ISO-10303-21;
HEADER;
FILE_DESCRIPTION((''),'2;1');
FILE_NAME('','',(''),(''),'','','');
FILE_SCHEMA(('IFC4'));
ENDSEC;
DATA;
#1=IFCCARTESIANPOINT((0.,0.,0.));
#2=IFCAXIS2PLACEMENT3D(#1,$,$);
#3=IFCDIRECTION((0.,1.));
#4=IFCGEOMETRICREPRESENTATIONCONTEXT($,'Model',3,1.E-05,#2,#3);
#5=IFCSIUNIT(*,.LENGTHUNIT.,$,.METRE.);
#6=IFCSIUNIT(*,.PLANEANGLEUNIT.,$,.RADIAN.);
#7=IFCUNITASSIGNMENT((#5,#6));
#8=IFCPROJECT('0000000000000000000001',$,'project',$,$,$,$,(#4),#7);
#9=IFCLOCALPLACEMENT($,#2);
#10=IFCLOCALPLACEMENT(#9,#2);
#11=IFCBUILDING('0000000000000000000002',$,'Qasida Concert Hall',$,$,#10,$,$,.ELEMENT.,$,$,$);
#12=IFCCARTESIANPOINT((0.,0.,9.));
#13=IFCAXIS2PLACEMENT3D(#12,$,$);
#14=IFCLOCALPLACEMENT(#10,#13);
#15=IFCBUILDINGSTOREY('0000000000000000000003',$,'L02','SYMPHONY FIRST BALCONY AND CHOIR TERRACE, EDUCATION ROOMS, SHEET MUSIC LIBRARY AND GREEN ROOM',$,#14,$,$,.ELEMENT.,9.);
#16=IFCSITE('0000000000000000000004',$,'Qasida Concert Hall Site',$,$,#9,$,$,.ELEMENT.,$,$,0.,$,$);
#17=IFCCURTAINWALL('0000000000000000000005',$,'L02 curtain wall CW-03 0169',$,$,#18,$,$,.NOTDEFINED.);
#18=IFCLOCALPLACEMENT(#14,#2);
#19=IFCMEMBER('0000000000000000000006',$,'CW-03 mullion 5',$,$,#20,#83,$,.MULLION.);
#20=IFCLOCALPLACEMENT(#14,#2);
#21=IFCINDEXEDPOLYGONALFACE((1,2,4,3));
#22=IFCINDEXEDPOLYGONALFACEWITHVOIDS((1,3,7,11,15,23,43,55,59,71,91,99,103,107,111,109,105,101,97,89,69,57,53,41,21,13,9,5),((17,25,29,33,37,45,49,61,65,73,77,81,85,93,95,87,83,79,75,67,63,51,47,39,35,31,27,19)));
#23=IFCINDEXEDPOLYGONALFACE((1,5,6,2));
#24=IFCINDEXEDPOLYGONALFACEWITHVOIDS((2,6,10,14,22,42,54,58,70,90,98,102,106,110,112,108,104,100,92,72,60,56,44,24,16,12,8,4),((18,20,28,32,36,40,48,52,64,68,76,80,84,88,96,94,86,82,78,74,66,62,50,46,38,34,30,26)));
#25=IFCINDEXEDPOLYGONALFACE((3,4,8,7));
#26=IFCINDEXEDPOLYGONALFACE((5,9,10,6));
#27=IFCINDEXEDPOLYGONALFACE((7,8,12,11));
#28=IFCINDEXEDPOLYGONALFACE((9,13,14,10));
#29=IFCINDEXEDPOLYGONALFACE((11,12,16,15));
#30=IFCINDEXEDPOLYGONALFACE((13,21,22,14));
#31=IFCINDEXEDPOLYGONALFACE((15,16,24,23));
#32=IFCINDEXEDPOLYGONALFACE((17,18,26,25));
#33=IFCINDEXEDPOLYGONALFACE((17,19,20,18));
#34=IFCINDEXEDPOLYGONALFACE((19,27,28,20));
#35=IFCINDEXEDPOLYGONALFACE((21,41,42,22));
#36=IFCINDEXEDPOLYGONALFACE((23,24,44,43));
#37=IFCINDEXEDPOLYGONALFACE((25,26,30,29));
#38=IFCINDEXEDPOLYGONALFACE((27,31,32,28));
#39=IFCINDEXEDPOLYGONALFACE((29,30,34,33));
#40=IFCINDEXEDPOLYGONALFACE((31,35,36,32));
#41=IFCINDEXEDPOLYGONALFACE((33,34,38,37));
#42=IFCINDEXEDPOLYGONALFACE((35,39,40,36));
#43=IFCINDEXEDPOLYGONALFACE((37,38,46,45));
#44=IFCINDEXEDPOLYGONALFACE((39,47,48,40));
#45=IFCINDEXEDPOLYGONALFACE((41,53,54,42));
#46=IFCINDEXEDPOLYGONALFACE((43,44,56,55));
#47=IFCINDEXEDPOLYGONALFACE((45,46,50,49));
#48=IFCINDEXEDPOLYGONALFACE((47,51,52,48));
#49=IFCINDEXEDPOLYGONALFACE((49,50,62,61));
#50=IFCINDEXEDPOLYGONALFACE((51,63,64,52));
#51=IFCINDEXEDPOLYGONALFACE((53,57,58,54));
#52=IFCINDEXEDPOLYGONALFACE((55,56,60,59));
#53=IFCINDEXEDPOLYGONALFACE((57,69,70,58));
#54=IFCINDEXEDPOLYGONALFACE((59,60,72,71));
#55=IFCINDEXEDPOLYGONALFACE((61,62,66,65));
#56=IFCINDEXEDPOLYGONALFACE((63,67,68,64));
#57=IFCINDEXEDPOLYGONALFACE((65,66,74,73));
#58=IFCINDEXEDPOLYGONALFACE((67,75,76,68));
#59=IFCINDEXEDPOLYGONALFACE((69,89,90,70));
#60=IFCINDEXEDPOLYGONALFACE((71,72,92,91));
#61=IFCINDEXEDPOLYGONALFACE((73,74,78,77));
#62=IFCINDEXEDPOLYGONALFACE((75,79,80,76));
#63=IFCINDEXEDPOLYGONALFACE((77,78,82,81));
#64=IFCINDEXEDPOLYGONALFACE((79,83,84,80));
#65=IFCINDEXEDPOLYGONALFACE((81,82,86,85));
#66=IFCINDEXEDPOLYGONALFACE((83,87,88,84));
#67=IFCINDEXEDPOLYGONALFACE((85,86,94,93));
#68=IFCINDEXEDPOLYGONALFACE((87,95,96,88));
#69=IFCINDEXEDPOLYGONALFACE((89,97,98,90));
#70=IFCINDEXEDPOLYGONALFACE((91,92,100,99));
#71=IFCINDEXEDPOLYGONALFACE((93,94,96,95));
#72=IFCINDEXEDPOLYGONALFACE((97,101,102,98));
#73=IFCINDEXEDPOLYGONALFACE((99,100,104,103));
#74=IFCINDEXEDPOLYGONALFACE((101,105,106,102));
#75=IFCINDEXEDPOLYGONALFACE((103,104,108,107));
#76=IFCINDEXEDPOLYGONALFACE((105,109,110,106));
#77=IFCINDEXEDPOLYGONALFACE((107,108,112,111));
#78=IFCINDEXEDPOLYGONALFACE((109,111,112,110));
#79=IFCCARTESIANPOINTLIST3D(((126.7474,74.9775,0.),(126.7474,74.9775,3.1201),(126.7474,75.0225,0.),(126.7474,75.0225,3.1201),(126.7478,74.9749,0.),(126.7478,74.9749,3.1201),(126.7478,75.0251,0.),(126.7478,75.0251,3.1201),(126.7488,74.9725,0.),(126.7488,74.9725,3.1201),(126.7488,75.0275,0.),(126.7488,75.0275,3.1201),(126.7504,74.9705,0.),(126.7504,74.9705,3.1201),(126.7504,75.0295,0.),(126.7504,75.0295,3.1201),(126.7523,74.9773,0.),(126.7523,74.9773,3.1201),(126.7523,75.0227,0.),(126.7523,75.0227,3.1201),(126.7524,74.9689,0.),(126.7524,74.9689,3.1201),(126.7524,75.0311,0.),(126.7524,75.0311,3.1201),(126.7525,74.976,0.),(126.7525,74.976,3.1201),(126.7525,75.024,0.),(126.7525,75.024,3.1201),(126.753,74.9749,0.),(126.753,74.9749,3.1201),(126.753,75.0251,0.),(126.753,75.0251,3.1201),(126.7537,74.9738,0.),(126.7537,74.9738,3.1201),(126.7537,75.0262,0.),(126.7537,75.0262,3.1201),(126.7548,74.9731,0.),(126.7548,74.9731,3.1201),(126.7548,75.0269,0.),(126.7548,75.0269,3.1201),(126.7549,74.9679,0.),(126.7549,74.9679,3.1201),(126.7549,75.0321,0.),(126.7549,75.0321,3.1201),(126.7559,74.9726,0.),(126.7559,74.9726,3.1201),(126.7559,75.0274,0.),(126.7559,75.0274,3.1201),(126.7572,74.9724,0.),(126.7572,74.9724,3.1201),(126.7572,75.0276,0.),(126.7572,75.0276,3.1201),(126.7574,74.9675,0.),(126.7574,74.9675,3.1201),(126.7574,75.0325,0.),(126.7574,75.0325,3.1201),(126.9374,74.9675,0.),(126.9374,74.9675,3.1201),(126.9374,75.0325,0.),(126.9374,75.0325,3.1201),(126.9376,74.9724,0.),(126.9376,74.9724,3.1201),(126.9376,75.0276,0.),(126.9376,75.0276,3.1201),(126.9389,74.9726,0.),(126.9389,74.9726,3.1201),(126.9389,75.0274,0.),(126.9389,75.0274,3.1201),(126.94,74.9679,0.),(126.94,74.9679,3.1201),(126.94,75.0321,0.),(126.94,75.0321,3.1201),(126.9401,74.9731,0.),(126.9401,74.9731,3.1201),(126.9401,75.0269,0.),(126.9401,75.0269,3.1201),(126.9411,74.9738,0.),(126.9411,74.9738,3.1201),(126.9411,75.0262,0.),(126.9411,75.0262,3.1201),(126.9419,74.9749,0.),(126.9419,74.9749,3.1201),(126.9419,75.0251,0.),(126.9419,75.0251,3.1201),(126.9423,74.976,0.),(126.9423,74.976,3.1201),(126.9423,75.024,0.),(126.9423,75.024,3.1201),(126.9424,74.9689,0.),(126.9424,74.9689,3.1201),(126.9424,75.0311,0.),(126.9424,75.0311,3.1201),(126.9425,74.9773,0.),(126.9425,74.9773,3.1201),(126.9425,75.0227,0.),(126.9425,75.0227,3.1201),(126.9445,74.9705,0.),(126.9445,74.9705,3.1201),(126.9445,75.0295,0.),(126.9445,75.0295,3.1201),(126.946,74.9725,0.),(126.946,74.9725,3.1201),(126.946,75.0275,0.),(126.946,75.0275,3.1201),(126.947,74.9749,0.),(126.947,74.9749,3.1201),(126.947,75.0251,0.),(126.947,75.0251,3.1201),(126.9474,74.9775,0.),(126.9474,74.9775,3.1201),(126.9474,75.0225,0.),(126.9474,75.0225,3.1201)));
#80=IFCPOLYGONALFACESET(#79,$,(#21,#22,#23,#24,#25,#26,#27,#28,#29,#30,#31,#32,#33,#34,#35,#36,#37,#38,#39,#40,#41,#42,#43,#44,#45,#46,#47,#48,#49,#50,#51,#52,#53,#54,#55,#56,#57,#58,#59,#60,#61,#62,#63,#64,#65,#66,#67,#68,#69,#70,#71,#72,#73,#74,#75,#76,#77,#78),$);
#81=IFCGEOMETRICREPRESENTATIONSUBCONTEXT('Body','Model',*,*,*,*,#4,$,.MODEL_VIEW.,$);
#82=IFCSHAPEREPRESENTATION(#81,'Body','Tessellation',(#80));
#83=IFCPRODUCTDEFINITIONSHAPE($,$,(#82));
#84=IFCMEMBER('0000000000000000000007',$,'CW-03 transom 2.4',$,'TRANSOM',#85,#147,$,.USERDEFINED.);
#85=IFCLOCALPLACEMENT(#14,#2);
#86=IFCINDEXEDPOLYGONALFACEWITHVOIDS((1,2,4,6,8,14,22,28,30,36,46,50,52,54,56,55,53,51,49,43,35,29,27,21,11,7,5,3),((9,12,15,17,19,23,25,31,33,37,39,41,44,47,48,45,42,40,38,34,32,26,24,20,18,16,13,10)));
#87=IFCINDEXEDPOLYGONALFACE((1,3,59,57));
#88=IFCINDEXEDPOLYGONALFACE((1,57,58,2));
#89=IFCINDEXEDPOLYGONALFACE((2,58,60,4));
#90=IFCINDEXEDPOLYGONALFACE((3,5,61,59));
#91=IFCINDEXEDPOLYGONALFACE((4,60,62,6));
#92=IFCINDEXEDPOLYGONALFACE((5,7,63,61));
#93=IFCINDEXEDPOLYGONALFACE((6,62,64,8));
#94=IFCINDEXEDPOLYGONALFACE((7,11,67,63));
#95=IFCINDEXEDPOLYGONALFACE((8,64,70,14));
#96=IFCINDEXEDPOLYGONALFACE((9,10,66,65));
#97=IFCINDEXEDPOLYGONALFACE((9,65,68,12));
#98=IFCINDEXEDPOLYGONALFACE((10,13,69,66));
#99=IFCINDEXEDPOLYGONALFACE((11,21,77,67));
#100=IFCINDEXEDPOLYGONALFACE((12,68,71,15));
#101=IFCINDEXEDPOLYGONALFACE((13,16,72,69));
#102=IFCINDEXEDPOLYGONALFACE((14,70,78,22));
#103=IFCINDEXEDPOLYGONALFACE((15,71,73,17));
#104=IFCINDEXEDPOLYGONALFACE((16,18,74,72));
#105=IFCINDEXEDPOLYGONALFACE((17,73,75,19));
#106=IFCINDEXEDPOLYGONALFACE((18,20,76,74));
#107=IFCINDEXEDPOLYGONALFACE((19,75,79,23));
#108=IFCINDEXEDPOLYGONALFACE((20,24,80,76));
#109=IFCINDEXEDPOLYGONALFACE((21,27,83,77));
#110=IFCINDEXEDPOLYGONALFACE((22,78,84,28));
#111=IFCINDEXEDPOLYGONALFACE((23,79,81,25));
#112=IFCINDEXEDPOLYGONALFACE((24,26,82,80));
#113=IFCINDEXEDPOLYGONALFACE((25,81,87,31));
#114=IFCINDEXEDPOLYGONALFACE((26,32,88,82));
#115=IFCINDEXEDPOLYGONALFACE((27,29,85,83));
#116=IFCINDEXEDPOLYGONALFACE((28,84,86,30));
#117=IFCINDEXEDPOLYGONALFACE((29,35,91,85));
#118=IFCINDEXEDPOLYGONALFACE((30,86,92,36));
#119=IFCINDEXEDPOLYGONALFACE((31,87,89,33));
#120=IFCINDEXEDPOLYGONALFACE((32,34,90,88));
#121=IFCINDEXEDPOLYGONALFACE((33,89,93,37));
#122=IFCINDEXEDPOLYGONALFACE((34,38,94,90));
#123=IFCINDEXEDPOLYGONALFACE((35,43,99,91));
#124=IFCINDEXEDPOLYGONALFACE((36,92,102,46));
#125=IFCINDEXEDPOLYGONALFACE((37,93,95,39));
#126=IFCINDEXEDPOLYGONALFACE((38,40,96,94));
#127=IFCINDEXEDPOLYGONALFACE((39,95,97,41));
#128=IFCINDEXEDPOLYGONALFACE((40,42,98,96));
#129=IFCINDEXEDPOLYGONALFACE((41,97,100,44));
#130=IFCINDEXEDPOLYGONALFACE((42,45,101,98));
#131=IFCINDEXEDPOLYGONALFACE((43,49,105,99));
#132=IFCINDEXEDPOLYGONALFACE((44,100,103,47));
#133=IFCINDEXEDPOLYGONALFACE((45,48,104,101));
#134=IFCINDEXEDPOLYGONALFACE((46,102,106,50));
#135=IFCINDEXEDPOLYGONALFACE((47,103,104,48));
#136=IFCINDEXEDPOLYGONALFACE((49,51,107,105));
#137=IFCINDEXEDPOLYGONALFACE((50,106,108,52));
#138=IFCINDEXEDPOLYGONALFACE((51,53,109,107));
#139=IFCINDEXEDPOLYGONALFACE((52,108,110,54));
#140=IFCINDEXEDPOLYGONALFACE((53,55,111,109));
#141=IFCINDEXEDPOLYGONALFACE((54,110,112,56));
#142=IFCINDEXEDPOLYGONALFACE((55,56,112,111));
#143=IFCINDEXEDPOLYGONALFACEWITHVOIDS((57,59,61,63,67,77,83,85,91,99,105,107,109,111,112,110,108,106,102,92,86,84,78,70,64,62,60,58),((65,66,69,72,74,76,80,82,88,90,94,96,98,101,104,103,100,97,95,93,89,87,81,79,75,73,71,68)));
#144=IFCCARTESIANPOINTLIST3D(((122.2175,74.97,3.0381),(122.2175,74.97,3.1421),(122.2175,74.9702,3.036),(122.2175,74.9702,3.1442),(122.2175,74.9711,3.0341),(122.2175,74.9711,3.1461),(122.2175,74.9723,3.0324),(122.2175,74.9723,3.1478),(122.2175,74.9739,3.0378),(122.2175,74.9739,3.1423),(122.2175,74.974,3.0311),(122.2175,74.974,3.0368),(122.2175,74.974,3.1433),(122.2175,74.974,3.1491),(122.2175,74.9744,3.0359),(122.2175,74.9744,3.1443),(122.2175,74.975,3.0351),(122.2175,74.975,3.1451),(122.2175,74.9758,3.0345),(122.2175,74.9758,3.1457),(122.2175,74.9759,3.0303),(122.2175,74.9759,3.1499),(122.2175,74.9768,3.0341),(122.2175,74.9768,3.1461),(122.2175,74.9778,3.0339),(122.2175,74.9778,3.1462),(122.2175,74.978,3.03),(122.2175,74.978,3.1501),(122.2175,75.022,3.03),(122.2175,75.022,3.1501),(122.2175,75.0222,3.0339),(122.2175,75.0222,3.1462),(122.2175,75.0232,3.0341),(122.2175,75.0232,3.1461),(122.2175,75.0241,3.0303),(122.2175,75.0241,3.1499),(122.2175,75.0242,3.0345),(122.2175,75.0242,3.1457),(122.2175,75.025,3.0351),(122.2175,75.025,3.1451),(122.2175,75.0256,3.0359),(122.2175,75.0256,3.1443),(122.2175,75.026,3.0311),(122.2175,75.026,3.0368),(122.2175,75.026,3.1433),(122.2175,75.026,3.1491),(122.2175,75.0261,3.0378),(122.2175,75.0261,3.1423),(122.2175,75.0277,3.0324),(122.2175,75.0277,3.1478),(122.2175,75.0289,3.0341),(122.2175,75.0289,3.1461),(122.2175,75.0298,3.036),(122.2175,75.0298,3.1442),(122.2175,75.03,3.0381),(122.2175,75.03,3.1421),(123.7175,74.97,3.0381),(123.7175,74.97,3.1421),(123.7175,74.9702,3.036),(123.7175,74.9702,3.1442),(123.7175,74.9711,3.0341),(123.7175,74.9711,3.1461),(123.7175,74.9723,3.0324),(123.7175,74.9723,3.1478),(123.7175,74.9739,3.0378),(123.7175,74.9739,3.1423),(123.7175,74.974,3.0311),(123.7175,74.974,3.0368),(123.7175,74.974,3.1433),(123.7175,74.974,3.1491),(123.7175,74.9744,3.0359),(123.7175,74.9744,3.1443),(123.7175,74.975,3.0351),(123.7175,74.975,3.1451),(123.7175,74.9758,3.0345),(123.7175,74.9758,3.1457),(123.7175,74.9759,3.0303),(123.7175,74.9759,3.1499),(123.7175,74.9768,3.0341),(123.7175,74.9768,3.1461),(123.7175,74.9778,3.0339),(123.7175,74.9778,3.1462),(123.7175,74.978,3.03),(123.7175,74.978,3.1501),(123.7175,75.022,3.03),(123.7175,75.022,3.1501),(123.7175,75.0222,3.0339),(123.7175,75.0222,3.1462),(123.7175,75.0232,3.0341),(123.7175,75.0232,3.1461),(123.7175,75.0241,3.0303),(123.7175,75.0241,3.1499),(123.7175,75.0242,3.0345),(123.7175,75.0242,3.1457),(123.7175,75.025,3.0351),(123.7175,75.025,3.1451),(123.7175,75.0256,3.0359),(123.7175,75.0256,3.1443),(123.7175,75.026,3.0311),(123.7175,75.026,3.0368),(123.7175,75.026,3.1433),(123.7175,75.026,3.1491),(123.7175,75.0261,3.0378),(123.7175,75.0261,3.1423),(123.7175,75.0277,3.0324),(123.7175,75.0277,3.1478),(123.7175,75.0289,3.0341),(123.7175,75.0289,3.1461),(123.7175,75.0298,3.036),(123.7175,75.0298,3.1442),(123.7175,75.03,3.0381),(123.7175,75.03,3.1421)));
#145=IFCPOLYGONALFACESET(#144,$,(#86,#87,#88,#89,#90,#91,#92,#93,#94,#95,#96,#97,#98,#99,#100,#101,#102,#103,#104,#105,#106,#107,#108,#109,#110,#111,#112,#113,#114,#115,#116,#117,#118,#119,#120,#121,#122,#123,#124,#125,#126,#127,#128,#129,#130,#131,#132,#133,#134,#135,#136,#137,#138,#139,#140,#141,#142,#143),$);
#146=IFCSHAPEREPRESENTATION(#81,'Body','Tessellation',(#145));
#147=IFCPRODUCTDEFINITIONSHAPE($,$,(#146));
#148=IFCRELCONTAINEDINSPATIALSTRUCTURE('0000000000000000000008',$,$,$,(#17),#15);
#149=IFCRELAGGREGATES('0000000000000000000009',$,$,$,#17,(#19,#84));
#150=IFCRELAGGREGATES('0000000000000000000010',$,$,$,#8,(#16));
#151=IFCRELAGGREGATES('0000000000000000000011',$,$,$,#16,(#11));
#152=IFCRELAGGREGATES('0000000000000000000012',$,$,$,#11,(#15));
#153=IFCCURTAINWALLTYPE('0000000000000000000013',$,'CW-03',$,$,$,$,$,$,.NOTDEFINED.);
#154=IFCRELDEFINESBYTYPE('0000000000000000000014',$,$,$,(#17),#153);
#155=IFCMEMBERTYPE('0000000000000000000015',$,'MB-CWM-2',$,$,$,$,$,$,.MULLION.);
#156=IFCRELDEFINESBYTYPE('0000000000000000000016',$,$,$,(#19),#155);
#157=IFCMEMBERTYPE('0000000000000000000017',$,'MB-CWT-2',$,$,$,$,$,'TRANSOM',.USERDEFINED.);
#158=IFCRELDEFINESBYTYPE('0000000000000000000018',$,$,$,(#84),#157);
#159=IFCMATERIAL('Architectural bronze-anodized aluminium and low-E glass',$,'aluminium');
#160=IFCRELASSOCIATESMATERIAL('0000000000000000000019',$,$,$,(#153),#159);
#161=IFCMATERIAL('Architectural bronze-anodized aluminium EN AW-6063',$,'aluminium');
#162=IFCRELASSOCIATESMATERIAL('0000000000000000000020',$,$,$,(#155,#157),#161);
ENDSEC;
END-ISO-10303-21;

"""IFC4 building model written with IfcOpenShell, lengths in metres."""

from ifc_helpers import new_model, si_unit, direction, frame, origin, origin_2d, place, context, subcontext, project, spatial, hollow_rectangle, extrude, material, material_profile, profile_set, type_object, element, aggregate, save


model = new_model("IFC4")

# Units and contexts
model_context = context("Model", 3, precision=1e-05, world=origin(), true_north=direction((0.0, 1.0)))
body_context = subcontext(model_context, "Body", "Model", "MODEL_VIEW")
ifc_project = project(units=[si_unit("LENGTHUNIT", "METRE"), si_unit("PLANEANGLEUNIT", "RADIAN")], contexts=[model_context])

# Site, building, storey
site_placement = place(None, origin())
site = spatial("IfcSite", under=ifc_project, at=site_placement, Name="Qasida Concert Hall Site", CompositionType="ELEMENT", RefElevation=0.0)
building_placement = place(site_placement, origin())
building = spatial("IfcBuilding", under=site, at=building_placement, Name="Qasida Concert Hall", CompositionType="ELEMENT")
storey_placement = place(building_placement, frame((0.0, 0.0, 9.0)))
storey = spatial("IfcBuildingStorey", under=building, at=storey_placement, Name="L02", Description="SYMPHONY FIRST BALCONY AND CHOIR TERRACE, EDUCATION ROOMS, SHEET MUSIC LIBRARY AND GREEN ROOM", CompositionType="ELEMENT", Elevation=9.0)

# Curtain wall, members
ifc_material_1 = material(Name="Architectural bronze-anodized aluminium and low-E glass", Category="aluminium")
curtain_wall_type = type_object("IfcCurtainWallType", Name="CW-03", PredefinedType="NOTDEFINED", material=ifc_material_1)
curtain_wall_placement = place(storey_placement, origin())
curtain_wall = element("IfcCurtainWall", 1, at=curtain_wall_placement, inside=storey, type_object=curtain_wall_type, Name="L02 curtain wall CW-03 0169", PredefinedType="NOTDEFINED")
ifc_material_2 = material(Name="Architectural bronze-anodized aluminium EN AW-6063", Category="aluminium")
ifc_material_profile_1 = material_profile(ifc_material_2, hollow_rectangle(XDim=0.0649, YDim=0.2, WallThickness=0.0049, InnerFilletRadius=0.0049, OuterFilletRadius=0.01, at=origin_2d()), Name="CWM 200x65x5")
ifc_profile_set_1 = profile_set([ifc_material_profile_1], Name="Architectural bronze-anodized aluminium EN AW-6063")
member_type_1 = type_object("IfcMemberType", Name="MB-CWM-2", PredefinedType="MULLION", material=ifc_profile_set_1)
member_1_placement = place(storey_placement, frame((126.8474, 75.0, 0.0), z_axis=(0.0, 0.0, 1.0), x_axis=(0.0, 1.0, 0.0)))
member_1 = element("IfcMember", 2, at=member_1_placement, type_object=member_type_1, Name="CW-03 mullion 5", PredefinedType="MULLION", context=body_context, shape_type="SweptSolid", body=[
    extrude(hollow_rectangle(XDim=0.0649, YDim=0.2, WallThickness=0.0049, InnerFilletRadius=0.0049, OuterFilletRadius=0.01, at=origin_2d()), origin(), (0.0, 0.0, 1.0), 3.1201),
])
ifc_material_profile_2 = material_profile(ifc_material_2, hollow_rectangle(XDim=0.0601, YDim=0.1201, WallThickness=0.0039, InnerFilletRadius=0.0039, OuterFilletRadius=0.0081, at=origin_2d()), Name="CWT 120x60x4")
ifc_profile_set_2 = profile_set([ifc_material_profile_2], Name="Architectural bronze-anodized aluminium EN AW-6063")
member_type_2 = type_object("IfcMemberType", Name="MB-CWT-2", ElementType="TRANSOM", PredefinedType="USERDEFINED", material=ifc_profile_set_2)
member_2_placement = place(storey_placement, frame((122.2175, 75.0, 3.0901), z_axis=(1.0, 0.0, 0.0), x_axis=(0.0, 1.0, 0.0)))
member_2 = element("IfcMember", 3, at=member_2_placement, type_object=member_type_2, Name="CW-03 transom 2.4", ObjectType="TRANSOM", PredefinedType="USERDEFINED", context=body_context, shape_type="SweptSolid", body=[
    extrude(hollow_rectangle(XDim=0.0601, YDim=0.1201, WallThickness=0.0039, InnerFilletRadius=0.0039, OuterFilletRadius=0.0081, at=origin_2d()), origin(), (0.0, 0.0, 1.0), 1.5),
])
aggregate(curtain_wall, [member_1, member_2])

save(model, "model.ifc")
